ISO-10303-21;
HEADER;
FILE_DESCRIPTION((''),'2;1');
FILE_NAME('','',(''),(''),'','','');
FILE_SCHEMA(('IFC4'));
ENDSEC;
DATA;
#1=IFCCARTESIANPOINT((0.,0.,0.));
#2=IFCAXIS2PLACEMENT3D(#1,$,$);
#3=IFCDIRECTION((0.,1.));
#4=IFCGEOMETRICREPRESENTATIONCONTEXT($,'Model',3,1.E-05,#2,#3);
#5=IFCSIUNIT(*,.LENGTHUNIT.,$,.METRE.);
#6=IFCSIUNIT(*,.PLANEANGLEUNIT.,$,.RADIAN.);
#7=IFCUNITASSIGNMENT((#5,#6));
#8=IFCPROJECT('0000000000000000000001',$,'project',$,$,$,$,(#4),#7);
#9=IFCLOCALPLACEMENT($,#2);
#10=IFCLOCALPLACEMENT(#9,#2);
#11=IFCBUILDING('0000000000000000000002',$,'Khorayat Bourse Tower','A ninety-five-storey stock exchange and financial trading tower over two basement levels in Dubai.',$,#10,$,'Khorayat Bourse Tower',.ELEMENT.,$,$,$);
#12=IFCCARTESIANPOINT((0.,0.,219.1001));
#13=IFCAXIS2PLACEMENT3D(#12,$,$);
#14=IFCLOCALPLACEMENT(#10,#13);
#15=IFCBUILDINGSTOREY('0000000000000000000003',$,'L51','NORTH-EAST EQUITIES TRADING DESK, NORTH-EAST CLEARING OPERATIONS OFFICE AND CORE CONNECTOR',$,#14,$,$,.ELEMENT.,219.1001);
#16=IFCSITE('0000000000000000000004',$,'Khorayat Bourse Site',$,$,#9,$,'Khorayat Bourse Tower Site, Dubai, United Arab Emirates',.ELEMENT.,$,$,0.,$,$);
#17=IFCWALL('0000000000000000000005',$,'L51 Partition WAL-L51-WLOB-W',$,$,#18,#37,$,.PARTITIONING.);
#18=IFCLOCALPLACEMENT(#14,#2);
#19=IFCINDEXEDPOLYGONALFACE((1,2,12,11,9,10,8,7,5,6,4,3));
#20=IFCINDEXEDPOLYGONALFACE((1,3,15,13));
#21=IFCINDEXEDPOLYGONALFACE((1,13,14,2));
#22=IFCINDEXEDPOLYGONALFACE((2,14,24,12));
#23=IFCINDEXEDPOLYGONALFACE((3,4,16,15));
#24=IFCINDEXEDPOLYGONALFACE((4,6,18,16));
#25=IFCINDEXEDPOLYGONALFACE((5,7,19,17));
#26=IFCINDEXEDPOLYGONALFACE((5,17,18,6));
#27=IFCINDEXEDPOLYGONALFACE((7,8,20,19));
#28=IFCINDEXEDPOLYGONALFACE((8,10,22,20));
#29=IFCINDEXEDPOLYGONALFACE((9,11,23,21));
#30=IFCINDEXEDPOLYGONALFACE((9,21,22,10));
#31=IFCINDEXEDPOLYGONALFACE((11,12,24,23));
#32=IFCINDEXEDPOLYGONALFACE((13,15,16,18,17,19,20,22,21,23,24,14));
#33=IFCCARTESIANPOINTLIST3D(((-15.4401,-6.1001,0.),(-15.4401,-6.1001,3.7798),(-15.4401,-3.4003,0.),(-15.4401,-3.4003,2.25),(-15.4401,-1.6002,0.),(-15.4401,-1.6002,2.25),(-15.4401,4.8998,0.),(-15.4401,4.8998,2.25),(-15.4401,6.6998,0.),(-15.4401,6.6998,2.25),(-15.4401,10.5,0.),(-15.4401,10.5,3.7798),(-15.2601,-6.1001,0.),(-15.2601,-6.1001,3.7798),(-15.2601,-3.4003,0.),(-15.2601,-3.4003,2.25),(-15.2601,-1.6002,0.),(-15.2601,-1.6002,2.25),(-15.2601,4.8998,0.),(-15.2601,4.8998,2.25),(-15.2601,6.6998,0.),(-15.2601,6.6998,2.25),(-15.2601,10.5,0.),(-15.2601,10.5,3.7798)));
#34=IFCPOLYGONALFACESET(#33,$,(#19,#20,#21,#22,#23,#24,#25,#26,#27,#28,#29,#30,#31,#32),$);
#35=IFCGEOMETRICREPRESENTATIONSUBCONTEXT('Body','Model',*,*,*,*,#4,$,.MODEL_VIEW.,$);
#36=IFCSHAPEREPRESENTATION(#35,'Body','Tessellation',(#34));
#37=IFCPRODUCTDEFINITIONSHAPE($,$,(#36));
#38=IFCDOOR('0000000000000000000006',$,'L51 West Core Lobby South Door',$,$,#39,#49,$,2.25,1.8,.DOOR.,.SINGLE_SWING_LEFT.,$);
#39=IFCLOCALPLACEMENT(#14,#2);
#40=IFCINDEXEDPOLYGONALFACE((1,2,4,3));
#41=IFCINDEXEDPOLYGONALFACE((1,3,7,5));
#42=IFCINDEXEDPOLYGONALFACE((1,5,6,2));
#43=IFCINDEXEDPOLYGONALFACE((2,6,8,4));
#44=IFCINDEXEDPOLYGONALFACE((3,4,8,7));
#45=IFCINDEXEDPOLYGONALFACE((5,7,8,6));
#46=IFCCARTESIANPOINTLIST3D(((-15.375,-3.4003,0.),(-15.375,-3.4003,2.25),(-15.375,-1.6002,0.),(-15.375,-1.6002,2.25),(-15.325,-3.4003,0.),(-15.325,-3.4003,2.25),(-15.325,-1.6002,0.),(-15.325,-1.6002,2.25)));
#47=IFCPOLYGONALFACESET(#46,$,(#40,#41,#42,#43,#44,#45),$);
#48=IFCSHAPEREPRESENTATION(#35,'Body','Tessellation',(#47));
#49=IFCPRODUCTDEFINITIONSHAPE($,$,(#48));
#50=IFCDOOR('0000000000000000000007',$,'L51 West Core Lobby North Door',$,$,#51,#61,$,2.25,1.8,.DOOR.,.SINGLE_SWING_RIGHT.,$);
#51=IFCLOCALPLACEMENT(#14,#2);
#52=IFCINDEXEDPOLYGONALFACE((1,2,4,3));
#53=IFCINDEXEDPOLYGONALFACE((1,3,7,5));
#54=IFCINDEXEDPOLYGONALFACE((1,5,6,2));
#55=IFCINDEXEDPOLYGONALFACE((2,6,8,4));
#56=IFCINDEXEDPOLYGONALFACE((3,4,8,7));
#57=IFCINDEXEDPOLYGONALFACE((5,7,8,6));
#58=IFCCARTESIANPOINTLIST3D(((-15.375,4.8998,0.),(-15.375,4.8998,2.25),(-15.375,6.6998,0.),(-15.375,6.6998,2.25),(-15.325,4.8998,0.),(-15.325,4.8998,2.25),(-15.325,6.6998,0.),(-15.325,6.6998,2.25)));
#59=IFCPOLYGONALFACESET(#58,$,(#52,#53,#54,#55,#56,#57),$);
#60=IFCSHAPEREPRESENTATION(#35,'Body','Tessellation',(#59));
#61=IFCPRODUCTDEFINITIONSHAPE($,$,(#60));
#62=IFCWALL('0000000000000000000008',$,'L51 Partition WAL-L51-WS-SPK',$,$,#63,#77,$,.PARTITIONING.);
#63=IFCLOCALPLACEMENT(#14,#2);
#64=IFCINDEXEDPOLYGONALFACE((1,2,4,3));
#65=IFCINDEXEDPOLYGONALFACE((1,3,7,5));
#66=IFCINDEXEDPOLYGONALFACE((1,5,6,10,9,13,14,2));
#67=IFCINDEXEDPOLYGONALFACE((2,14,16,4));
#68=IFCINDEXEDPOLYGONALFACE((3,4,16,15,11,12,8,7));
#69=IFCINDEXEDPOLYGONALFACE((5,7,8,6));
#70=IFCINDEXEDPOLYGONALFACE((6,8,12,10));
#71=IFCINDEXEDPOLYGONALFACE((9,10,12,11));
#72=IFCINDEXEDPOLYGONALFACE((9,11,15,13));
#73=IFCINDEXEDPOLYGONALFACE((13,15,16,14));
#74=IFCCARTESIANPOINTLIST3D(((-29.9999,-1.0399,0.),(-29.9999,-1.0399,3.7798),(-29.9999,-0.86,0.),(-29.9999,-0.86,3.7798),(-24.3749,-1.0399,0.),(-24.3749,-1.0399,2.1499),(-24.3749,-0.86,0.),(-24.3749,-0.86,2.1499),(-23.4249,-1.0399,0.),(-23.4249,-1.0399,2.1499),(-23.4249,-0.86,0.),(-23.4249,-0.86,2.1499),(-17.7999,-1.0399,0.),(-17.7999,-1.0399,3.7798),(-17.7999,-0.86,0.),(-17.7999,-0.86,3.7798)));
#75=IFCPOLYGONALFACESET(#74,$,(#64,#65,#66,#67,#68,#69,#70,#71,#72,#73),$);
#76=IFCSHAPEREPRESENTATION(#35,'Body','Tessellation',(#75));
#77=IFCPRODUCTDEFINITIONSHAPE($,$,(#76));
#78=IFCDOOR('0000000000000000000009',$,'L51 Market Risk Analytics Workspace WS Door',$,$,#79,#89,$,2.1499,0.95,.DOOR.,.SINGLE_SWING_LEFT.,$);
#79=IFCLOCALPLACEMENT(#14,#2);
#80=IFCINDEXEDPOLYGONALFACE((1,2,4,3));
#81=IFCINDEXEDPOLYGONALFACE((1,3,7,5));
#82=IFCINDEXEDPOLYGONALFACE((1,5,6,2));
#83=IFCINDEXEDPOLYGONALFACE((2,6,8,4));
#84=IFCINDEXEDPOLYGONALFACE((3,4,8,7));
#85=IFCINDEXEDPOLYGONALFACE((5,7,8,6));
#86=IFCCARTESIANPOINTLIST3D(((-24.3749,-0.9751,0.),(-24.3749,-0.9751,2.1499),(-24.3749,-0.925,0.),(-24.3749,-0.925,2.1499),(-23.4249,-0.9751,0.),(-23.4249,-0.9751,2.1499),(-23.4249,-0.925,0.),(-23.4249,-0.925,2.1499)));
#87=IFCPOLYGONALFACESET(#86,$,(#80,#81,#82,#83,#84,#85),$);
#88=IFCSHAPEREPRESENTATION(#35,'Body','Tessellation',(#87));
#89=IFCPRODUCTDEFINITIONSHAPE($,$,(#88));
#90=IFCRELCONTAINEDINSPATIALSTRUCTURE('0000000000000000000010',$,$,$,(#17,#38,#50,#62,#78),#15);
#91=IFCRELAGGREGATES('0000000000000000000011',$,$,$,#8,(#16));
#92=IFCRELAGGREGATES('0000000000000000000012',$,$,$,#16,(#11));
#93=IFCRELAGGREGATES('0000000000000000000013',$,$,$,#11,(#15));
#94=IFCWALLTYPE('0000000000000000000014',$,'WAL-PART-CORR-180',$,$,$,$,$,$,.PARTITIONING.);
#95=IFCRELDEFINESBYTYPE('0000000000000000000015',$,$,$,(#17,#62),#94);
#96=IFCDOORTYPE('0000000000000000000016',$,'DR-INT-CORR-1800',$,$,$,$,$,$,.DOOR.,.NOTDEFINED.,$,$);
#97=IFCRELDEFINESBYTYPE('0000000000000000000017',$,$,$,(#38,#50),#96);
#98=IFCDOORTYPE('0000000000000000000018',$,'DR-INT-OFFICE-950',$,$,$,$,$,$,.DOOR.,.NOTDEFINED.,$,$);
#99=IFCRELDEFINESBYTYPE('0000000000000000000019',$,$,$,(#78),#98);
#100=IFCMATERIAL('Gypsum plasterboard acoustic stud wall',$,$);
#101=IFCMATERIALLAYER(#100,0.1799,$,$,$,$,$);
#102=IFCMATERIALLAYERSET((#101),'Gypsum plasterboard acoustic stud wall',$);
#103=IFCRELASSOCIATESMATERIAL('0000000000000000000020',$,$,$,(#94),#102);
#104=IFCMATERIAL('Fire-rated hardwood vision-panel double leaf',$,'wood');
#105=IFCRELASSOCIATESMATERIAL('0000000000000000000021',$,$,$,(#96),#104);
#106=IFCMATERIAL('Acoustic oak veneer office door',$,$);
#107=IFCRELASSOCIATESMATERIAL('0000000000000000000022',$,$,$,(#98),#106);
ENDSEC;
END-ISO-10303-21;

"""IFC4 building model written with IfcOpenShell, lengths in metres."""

from ifc_helpers import new_model, si_unit, direction, frame, frame_2d, origin, place, context, subcontext, project, spatial, rectangle, extrude, source, transform, mapped, material, layer, layer_set, type_object, element, fill, save


model = new_model("IFC4")

# Units and contexts
model_context = context("Model", 3, precision=1e-05, world=origin(), true_north=direction((0.0, 1.0)))
body_context = subcontext(model_context, "Body", "Model", "MODEL_VIEW")
ifc_project = project(units=[si_unit("LENGTHUNIT", "METRE"), si_unit("PLANEANGLEUNIT", "RADIAN")], contexts=[model_context])

# Site, building, storey
site_placement = place(None, origin())
site = spatial("IfcSite", under=ifc_project, at=site_placement, Name="Khorayat Bourse Site", LongName="Khorayat Bourse Tower Site, Dubai, United Arab Emirates", CompositionType="ELEMENT", RefElevation=0.0)
building_placement = place(site_placement, origin())
building = spatial("IfcBuilding", under=site, at=building_placement, Name="Khorayat Bourse Tower", Description="A ninety-five-storey stock exchange and financial trading tower over two basement levels in Dubai.", LongName="Khorayat Bourse Tower", CompositionType="ELEMENT")
storey_placement = place(building_placement, frame((0.0, 0.0, 219.1001)))
storey = spatial("IfcBuildingStorey", under=building, at=storey_placement, Name="L51", Description="NORTH-EAST EQUITIES TRADING DESK, NORTH-EAST CLEARING OPERATIONS OFFICE AND CORE CONNECTOR", CompositionType="ELEMENT", Elevation=219.1001)

# Wall, openings, doors
ifc_material_1 = material(Name="Gypsum plasterboard acoustic stud wall")
ifc_layer_1 = layer(ifc_material_1, 0.1799)
ifc_layer_set_1 = layer_set([ifc_layer_1], Name="Gypsum plasterboard acoustic stud wall")
wall_type_1 = type_object("IfcWallType", Name="WAL-PART-CORR-180", PredefinedType="PARTITIONING", material=ifc_layer_set_1)
shared_shape_1 = source(origin(), body_context, "Body", "SweptSolid", [
    extrude(rectangle(XDim=16.6001, YDim=0.1799, at=frame_2d((8.3, 0.0))), origin(), (0.0, 0.0, 1.0), 3.7798),
])
wall_1_placement = place(storey_placement, frame((-15.3501, -6.1001, 0.0), z_axis=(0.0, 0.0, 1.0), x_axis=(0.0, 1.0, 0.0)))
wall_1 = element("IfcWall", 1, at=wall_1_placement, inside=storey, type_object=wall_type_1, Name="L51 Partition WAL-L51-WLOB-W", PredefinedType="PARTITIONING", context=body_context, shape_type="MappedRepresentation", body=[
    mapped(shared_shape_1, transform((0.0, 0.0, 0.0), scale=1.0)),
])
shared_shape_2 = source(origin(), body_context, "Body", "SweptSolid", [
    extrude(rectangle(XDim=1.8, YDim=2.25, at=frame_2d((0.8999, 1.125))), frame((0.0, 0.0999, 0.0), z_axis=(0.0, -1.0, 0.0), x_axis=(1.0, 0.0, 0.0)), (0.0, 0.0, 1.0), 0.2),
])
opening_1_placement = place(wall_1_placement, frame((2.7, 0.0, 0.0)))
opening_1 = element("IfcOpeningElement", 2, at=opening_1_placement, cuts=wall_1, PredefinedType="OPENING", context=body_context, shape_type="MappedRepresentation", body=[
    mapped(shared_shape_2, transform((0.0, 0.0, 0.0), scale=1.0)),
])
opening_2_placement = place(wall_1_placement, frame((11.0, 0.0, 0.0)))
opening_2 = element("IfcOpeningElement", 3, at=opening_2_placement, cuts=wall_1, PredefinedType="OPENING", context=body_context, shape_type="MappedRepresentation", body=[
    mapped(shared_shape_2, transform((0.0, 0.0, 0.0), scale=1.0)),
])
ifc_material_2 = material(Name="Fire-rated hardwood vision-panel double leaf", Category="wood")
door_type_1 = type_object("IfcDoorType", Name="DR-INT-CORR-1800", OperationType="NOTDEFINED", PredefinedType="DOOR", material=ifc_material_2)
shared_shape_3 = source(origin(), body_context, "Body", "SweptSolid", [
    extrude(rectangle(XDim=1.8, YDim=2.25, at=frame_2d((0.8999, 1.125))), frame((0.0, 0.0249, 0.0), z_axis=(0.0, -1.0, 0.0), x_axis=(1.0, 0.0, 0.0)), (0.0, 0.0, 1.0), 0.05),
])
door_1_placement = place(opening_1_placement, origin())
door_1 = element("IfcDoor", 4, at=door_1_placement, inside=storey, type_object=door_type_1, Name="L51 West Core Lobby South Door", OperationType="SINGLE_SWING_LEFT", OverallHeight=2.25, OverallWidth=1.8, PredefinedType="DOOR", context=body_context, shape_type="MappedRepresentation", body=[
    mapped(shared_shape_3, transform((0.0, 0.0, 0.0), scale=1.0)),
])
fill(opening_1, door_1)
door_2_placement = place(opening_2_placement, origin())
door_2 = element("IfcDoor", 5, at=door_2_placement, inside=storey, type_object=door_type_1, Name="L51 West Core Lobby North Door", OperationType="SINGLE_SWING_RIGHT", OverallHeight=2.25, OverallWidth=1.8, PredefinedType="DOOR", context=body_context, shape_type="MappedRepresentation", body=[
    mapped(shared_shape_3, transform((0.0, 0.0, 0.0), scale=1.0)),
])
fill(opening_2, door_2)

# Wall, opening, door
shared_shape_4 = source(origin(), body_context, "Body", "SweptSolid", [
    extrude(rectangle(XDim=12.2, YDim=0.1799, at=frame_2d((6.1001, 0.0))), origin(), (0.0, 0.0, 1.0), 3.7798),
])
wall_2_placement = place(storey_placement, frame((-30.0, -0.95, 0.0), z_axis=(0.0, 0.0, 1.0), x_axis=(1.0, 0.0, 0.0)))
wall_2 = element("IfcWall", 6, at=wall_2_placement, inside=storey, type_object=wall_type_1, Name="L51 Partition WAL-L51-WS-SPK", PredefinedType="PARTITIONING", context=body_context, shape_type="MappedRepresentation", body=[
    mapped(shared_shape_4, transform((0.0, 0.0, 0.0), scale=1.0)),
])
shared_shape_5 = source(origin(), body_context, "Body", "SweptSolid", [
    extrude(rectangle(XDim=0.95, YDim=2.1499, at=frame_2d((0.4751, 1.075))), frame((0.0, 0.0999, 0.0), z_axis=(0.0, -1.0, 0.0), x_axis=(1.0, 0.0, 0.0)), (0.0, 0.0, 1.0), 0.2),
])
opening_3_placement = place(wall_2_placement, frame((5.625, 0.0, 0.0)))
opening_3 = element("IfcOpeningElement", 7, at=opening_3_placement, cuts=wall_2, PredefinedType="OPENING", context=body_context, shape_type="MappedRepresentation", body=[
    mapped(shared_shape_5, transform((0.0, 0.0, 0.0), scale=1.0)),
])
ifc_material_3 = material(Name="Acoustic oak veneer office door")
door_type_2 = type_object("IfcDoorType", Name="DR-INT-OFFICE-950", OperationType="NOTDEFINED", PredefinedType="DOOR", material=ifc_material_3)
shared_shape_6 = source(origin(), body_context, "Body", "SweptSolid", [
    extrude(rectangle(XDim=0.95, YDim=2.1499, at=frame_2d((0.4751, 1.075))), frame((0.0, 0.0249, 0.0), z_axis=(0.0, -1.0, 0.0), x_axis=(1.0, 0.0, 0.0)), (0.0, 0.0, 1.0), 0.05),
])
door_3_placement = place(opening_3_placement, origin())
door_3 = element("IfcDoor", 8, at=door_3_placement, inside=storey, type_object=door_type_2, Name="L51 Market Risk Analytics Workspace WS Door", OperationType="SINGLE_SWING_LEFT", OverallHeight=2.1499, OverallWidth=0.95, PredefinedType="DOOR", context=body_context, shape_type="MappedRepresentation", body=[
    mapped(shared_shape_6, transform((0.0, 0.0, 0.0), scale=1.0)),
])
fill(opening_3, door_3)

save(model, "model.ifc")
